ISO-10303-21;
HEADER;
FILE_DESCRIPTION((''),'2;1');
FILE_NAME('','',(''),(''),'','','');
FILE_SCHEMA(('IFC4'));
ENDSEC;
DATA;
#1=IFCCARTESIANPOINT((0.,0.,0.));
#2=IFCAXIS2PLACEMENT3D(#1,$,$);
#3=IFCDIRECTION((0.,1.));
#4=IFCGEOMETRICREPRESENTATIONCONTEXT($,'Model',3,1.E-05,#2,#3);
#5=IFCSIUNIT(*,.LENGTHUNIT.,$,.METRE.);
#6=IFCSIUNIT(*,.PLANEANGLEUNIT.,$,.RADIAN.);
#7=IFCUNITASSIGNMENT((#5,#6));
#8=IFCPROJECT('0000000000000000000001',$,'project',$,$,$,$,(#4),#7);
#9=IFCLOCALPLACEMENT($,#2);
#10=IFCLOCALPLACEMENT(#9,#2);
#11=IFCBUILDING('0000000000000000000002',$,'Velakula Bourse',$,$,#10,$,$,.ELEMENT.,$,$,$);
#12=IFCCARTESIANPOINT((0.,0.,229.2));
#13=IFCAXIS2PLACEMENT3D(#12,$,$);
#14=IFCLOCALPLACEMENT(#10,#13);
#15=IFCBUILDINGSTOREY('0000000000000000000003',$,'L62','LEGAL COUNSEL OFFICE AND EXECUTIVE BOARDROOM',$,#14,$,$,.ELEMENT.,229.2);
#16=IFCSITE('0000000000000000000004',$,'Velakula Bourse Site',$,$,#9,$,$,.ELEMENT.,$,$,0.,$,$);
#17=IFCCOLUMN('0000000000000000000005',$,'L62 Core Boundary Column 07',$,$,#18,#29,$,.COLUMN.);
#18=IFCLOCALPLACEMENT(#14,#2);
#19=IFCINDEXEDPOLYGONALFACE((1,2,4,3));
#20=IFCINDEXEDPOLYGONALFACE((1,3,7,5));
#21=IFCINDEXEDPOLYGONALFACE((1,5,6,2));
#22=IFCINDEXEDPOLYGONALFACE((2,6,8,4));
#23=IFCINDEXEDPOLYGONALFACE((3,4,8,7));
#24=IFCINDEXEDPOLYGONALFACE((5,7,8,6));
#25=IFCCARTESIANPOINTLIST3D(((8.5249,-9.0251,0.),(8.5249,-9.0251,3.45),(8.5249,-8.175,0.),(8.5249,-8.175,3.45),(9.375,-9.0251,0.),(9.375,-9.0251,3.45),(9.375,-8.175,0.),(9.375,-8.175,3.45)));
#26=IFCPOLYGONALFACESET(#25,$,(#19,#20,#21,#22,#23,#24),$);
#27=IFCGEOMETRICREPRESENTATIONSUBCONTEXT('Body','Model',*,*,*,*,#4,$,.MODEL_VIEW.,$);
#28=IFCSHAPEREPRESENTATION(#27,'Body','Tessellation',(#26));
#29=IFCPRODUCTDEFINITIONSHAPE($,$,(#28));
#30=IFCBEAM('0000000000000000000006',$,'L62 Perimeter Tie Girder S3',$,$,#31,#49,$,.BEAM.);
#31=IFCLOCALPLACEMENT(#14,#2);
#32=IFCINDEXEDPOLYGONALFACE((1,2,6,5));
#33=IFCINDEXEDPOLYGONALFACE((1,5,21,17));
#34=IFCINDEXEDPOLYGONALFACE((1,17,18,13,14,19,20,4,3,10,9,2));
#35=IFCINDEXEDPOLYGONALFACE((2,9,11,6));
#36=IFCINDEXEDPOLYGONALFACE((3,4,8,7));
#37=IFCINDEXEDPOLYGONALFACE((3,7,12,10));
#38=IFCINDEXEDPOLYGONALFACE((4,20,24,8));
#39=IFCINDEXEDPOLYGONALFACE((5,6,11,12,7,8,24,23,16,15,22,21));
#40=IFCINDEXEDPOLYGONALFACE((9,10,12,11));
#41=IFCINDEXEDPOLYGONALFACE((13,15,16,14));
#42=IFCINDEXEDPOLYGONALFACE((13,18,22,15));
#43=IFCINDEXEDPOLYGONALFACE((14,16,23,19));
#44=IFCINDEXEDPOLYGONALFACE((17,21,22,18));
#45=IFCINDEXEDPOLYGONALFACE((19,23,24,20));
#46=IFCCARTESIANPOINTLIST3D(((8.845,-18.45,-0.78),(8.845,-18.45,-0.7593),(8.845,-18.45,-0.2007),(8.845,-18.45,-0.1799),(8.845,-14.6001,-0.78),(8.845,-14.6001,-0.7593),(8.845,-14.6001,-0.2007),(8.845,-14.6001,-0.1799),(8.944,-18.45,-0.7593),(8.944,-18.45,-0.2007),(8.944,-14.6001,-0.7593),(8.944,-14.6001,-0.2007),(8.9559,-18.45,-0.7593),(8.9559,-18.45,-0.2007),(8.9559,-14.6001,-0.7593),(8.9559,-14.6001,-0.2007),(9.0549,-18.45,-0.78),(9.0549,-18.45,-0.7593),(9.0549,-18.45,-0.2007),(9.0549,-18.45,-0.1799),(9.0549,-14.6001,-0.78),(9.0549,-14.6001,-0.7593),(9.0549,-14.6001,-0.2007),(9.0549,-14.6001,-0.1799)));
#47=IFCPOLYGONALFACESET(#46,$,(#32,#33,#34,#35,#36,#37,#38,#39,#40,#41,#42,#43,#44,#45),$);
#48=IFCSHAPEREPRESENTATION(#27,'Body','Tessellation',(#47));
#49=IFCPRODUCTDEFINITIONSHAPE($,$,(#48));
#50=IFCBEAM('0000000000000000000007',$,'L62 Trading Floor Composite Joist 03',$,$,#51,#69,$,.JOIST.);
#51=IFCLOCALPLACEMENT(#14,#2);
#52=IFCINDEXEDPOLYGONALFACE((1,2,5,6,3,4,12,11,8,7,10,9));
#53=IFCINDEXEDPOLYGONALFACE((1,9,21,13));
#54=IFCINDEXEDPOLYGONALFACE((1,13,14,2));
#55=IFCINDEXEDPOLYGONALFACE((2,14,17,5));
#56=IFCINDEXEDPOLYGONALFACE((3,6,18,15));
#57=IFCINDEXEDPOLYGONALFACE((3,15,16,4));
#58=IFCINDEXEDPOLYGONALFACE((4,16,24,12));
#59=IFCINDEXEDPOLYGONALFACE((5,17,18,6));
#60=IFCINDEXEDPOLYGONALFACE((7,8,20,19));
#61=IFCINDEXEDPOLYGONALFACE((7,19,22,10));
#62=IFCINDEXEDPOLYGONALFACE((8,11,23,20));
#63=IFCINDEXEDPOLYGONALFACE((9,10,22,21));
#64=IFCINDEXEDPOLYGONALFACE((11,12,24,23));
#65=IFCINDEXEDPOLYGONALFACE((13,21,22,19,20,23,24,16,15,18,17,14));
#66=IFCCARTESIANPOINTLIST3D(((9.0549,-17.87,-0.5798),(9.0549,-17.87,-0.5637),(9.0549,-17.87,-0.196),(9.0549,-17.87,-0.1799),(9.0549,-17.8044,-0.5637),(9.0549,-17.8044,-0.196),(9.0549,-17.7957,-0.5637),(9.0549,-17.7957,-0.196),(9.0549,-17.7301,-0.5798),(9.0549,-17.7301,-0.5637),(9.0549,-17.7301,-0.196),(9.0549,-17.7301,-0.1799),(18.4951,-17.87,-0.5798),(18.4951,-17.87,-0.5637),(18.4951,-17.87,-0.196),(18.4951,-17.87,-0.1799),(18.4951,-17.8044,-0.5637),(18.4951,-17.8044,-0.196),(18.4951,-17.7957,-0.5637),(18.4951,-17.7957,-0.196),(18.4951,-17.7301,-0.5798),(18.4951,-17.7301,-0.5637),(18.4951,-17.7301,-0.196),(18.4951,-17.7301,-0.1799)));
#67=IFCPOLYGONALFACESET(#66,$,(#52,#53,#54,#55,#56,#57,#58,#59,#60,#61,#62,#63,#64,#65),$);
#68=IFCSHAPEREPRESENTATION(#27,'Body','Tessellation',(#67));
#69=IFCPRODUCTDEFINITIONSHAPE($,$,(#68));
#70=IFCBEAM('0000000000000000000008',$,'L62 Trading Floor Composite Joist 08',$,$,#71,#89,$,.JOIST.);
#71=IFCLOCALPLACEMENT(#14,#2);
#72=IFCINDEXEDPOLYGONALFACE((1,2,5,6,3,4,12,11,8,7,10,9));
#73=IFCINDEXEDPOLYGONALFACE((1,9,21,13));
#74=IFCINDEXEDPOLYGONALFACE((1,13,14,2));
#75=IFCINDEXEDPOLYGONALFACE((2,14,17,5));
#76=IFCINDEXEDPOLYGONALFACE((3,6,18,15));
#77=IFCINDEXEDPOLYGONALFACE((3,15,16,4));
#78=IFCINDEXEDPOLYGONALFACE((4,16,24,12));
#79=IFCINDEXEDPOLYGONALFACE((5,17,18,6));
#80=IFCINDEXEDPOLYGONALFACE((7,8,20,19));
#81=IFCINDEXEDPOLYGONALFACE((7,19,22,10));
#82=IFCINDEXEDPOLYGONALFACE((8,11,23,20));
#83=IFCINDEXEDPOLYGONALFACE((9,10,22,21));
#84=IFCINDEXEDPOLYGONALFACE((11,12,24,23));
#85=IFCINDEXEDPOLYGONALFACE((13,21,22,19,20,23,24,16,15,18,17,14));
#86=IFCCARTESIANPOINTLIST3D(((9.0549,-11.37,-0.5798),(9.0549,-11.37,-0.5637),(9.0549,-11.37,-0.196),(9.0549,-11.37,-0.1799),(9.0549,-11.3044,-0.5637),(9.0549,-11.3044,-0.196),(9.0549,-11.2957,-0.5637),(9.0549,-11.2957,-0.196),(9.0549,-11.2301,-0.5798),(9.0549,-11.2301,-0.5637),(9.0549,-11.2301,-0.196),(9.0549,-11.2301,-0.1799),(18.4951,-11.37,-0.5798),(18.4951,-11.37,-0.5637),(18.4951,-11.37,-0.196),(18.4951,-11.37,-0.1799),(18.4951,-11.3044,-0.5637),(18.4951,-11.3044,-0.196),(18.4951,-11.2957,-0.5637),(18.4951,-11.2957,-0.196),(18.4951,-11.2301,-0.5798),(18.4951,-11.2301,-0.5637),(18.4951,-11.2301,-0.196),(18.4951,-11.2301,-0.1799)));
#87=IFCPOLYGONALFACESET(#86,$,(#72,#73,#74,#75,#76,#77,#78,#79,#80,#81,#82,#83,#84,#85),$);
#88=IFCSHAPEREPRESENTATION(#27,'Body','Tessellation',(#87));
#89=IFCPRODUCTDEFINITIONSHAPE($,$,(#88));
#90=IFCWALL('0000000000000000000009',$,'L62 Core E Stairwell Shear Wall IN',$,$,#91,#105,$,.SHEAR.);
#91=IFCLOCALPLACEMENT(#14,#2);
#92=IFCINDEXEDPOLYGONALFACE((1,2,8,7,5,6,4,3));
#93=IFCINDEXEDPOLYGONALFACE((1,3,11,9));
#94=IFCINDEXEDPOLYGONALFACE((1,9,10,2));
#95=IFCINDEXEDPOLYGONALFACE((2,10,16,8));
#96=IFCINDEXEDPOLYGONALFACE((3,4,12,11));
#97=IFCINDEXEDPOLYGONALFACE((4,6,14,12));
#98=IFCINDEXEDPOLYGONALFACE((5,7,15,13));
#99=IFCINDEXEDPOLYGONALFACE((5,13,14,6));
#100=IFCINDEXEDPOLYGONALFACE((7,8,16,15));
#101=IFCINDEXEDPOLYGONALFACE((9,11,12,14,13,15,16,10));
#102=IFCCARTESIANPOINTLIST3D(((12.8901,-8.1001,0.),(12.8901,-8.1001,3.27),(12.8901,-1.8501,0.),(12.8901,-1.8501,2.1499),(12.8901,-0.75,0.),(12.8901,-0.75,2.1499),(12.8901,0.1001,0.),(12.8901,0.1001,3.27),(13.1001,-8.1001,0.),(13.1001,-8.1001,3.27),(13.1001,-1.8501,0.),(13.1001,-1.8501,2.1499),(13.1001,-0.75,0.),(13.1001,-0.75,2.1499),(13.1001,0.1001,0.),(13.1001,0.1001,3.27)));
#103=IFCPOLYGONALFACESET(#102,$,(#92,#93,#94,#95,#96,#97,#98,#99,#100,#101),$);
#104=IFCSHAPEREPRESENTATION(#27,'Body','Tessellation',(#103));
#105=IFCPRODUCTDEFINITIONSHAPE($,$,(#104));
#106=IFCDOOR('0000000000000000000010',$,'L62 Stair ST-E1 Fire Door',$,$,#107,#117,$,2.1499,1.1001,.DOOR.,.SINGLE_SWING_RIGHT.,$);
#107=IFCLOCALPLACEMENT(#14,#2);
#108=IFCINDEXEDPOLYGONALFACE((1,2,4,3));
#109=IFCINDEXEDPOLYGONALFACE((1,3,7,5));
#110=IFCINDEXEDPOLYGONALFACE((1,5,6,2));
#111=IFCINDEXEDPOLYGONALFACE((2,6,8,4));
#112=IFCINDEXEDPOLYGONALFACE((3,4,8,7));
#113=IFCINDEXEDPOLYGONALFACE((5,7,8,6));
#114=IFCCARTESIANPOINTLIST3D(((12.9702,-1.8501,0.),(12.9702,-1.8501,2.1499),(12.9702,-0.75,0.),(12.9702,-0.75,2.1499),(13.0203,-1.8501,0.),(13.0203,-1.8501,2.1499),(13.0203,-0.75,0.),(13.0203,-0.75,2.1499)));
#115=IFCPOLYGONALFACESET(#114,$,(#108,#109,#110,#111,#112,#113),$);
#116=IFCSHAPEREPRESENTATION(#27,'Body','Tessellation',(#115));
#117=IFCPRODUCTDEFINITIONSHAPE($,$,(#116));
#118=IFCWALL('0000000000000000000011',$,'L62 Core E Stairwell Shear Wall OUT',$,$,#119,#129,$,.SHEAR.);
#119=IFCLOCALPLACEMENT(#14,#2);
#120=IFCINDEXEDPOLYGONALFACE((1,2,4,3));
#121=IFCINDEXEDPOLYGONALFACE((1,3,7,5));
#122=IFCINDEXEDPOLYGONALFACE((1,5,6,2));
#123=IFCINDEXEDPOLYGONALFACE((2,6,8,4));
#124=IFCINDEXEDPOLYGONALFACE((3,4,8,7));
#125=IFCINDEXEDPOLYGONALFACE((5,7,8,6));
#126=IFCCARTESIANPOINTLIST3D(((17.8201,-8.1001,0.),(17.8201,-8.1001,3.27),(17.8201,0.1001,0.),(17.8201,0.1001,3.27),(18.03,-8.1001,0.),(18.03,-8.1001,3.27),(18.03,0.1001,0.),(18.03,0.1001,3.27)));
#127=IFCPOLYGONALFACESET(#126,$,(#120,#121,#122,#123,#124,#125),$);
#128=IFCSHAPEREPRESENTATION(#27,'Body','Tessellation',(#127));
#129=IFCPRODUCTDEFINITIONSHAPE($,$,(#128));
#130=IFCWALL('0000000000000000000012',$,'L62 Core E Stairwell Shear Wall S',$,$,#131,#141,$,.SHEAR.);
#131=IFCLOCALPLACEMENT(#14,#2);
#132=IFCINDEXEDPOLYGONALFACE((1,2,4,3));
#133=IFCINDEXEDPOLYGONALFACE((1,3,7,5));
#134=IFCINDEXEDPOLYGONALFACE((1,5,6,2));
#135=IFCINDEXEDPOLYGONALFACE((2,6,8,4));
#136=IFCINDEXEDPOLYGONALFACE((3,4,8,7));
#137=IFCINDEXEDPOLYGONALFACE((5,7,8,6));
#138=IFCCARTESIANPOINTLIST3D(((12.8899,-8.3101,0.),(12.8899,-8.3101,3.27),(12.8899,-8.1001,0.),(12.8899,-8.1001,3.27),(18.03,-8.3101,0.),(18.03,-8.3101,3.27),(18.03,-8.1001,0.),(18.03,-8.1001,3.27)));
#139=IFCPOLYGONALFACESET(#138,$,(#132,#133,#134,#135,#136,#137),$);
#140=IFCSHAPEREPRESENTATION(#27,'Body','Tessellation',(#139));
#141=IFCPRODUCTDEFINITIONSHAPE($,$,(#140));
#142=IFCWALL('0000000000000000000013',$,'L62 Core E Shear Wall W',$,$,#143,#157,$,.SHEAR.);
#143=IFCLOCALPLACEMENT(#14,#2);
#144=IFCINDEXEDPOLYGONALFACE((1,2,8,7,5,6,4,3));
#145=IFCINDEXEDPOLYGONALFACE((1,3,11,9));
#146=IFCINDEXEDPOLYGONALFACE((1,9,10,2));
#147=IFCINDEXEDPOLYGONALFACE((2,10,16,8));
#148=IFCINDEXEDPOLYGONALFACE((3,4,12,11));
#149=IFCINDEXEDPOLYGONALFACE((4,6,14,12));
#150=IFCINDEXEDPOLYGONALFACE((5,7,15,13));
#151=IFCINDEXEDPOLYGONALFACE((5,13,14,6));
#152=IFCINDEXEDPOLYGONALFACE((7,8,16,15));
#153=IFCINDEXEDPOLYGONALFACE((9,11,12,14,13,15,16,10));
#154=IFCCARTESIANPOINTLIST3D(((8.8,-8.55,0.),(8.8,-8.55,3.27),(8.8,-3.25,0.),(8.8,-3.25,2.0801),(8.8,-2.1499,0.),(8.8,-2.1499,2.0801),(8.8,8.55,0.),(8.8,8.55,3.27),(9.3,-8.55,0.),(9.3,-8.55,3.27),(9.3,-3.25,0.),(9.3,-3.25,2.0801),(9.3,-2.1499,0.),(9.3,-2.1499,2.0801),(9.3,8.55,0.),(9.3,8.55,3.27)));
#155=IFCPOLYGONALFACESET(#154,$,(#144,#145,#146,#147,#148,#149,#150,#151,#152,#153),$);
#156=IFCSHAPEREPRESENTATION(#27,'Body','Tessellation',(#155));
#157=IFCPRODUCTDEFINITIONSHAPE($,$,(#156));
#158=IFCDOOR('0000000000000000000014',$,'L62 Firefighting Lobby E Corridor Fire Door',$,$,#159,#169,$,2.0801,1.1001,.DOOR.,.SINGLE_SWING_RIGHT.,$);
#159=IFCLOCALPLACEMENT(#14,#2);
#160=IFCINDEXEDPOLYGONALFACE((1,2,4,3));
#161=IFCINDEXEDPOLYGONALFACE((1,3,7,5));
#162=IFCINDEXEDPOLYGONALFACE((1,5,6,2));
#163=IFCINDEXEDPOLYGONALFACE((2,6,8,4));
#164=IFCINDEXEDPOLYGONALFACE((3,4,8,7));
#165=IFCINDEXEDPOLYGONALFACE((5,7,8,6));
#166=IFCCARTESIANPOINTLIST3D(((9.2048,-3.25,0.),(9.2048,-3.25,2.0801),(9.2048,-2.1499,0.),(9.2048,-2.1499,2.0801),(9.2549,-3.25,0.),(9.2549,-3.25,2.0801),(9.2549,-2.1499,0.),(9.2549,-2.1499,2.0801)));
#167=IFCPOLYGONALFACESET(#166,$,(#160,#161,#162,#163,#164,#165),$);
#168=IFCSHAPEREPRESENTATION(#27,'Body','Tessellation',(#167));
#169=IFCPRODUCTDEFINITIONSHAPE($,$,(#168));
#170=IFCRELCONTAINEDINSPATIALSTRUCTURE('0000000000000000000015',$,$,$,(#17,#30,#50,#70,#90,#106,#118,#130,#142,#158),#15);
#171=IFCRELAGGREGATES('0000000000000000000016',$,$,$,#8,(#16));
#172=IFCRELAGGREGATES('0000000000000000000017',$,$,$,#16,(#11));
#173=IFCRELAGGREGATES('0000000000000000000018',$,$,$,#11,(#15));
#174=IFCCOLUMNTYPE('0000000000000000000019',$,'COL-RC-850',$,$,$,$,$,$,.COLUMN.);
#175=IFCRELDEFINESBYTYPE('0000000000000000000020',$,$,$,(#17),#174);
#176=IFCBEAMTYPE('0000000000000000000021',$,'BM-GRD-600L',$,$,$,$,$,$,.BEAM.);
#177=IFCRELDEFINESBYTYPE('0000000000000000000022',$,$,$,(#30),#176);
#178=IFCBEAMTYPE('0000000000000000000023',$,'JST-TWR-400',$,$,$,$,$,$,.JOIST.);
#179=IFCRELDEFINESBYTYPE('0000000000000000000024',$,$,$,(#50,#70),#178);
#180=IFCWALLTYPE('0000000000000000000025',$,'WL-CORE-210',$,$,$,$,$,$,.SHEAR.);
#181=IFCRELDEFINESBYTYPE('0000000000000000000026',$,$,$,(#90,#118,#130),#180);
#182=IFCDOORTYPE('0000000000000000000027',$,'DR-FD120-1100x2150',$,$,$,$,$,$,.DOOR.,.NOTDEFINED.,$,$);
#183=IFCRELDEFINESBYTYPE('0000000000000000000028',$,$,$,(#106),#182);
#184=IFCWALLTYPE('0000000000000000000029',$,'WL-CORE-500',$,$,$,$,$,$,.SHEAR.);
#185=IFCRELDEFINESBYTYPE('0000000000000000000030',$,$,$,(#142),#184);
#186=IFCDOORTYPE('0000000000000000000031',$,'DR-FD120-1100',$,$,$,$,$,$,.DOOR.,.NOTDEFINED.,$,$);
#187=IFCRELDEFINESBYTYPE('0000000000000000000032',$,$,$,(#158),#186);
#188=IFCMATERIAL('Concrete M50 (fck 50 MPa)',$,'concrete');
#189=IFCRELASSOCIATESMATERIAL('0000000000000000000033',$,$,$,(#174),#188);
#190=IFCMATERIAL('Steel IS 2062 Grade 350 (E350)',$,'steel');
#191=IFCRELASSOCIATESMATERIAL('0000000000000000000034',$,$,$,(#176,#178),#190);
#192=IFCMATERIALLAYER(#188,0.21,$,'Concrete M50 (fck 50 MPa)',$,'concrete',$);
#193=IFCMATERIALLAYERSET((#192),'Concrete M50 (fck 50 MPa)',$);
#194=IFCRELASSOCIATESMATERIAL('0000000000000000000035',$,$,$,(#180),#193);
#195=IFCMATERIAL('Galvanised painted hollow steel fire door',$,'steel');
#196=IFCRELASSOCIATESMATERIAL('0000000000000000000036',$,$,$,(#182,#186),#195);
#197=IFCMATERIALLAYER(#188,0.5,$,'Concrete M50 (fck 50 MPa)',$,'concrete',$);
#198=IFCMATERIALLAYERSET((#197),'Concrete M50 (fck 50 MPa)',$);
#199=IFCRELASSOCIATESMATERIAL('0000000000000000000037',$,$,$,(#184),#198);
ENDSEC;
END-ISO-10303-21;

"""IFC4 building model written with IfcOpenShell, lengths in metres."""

from ifc_helpers import new_model, si_unit, direction, frame, frame_2d, origin, origin_2d, place, context, subcontext, project, spatial, rectangle, i_section, extrude, material, layer, layer_set, material_profile, profile_set, type_object, element, fill, save


model = new_model("IFC4")

# Units and contexts
model_context = context("Model", 3, precision=1e-05, world=origin(), true_north=direction((0.0, 1.0)))
body_context = subcontext(model_context, "Body", "Model", "MODEL_VIEW")
ifc_project = project(units=[si_unit("LENGTHUNIT", "METRE"), si_unit("PLANEANGLEUNIT", "RADIAN")], contexts=[model_context])

# Site, building, storey
site_placement = place(None, origin())
site = spatial("IfcSite", under=ifc_project, at=site_placement, Name="Velakula Bourse Site", CompositionType="ELEMENT", RefElevation=0.0)
building_placement = place(site_placement, origin())
building = spatial("IfcBuilding", under=site, at=building_placement, Name="Velakula Bourse", CompositionType="ELEMENT")
storey_placement = place(building_placement, frame((0.0, 0.0, 229.2)))
storey = spatial("IfcBuildingStorey", under=building, at=storey_placement, Name="L62", Description="LEGAL COUNSEL OFFICE AND EXECUTIVE BOARDROOM", CompositionType="ELEMENT", Elevation=229.2)

# Column
ifc_material_1 = material(Name="Concrete M50 (fck 50 MPa)", Category="concrete")
ifc_material_profile_1 = material_profile(ifc_material_1, rectangle(XDim=0.8501, YDim=0.8501, at=origin_2d()), Name="Concrete M50 (fck 50 MPa)")
ifc_profile_set_1 = profile_set([ifc_material_profile_1], Name="Concrete M50 (fck 50 MPa)")
column_type = type_object("IfcColumnType", Name="COL-RC-850", PredefinedType="COLUMN", material=ifc_profile_set_1)
column_placement = place(storey_placement, frame((8.95, -8.6001, 0.0), z_axis=(0.0, 0.0, 1.0), x_axis=(1.0, 0.0, 0.0)))
element("IfcColumn", 1, at=column_placement, inside=storey, type_object=column_type, Name="L62 Core Boundary Column 07", PredefinedType="COLUMN", context=body_context, shape_type="SweptSolid", body=[
    extrude(rectangle(XDim=0.8501, YDim=0.8501, at=origin_2d()), origin(), (0.0, 0.0, 1.0), 3.45),
])

# Beams
ifc_material_2 = material(Name="Steel IS 2062 Grade 350 (E350)", Category="steel")
ifc_material_profile_2 = material_profile(ifc_material_2, i_section(OverallWidth=0.21, OverallDepth=0.6001, WebThickness=0.012, FlangeThickness=0.0208, at=origin_2d()), Name="Steel IS 2062 Grade 350 (E350)")
ifc_profile_set_2 = profile_set([ifc_material_profile_2], Name="Steel IS 2062 Grade 350 (E350)")
beam_type_1 = type_object("IfcBeamType", Name="BM-GRD-600L", PredefinedType="BEAM", material=ifc_profile_set_2)
beam_placement = place(storey_placement, frame((8.95, -14.6001, -0.48), z_axis=(0.0, -1.0, 0.0), x_axis=(1.0, 0.0, 0.0)))
element("IfcBeam", 2, at=beam_placement, inside=storey, type_object=beam_type_1, Name="L62 Perimeter Tie Girder S3", PredefinedType="BEAM", context=body_context, shape_type="SweptSolid", body=[
    extrude(i_section(OverallWidth=0.21, OverallDepth=0.6001, WebThickness=0.012, FlangeThickness=0.0208, at=origin_2d()), origin(), (0.0, 0.0, 1.0), 3.8499),
])
ifc_material_profile_3 = material_profile(ifc_material_2, i_section(OverallWidth=0.1399, OverallDepth=0.3999, WebThickness=0.0088, FlangeThickness=0.0161, at=origin_2d()), Name="Steel IS 2062 Grade 350 (E350)")
ifc_profile_set_3 = profile_set([ifc_material_profile_3], Name="Steel IS 2062 Grade 350 (E350)")
beam_type_2 = type_object("IfcBeamType", Name="JST-TWR-400", PredefinedType="JOIST", material=ifc_profile_set_3)
for number, where, z_axis, x_axis, name in (
    (3, (9.0549, -17.8, -0.3799), (1.0, 0.0, 0.0), (0.0, 1.0, 0.0), "L62 Trading Floor Composite Joist 03"),
    (4, (9.0549, -11.3, -0.3799), (1.0, 0.0, 0.0), (0.0, 1.0, 0.0), "L62 Trading Floor Composite Joist 08"),
):
    element("IfcBeam", number, at=place(storey_placement, frame(where, z_axis=z_axis, x_axis=x_axis)), inside=storey, type_object=beam_type_2, Name=name, PredefinedType="JOIST", context=body_context, shape_type="SweptSolid", body=[
        extrude(i_section(OverallWidth=0.1399, OverallDepth=0.3999, WebThickness=0.0088, FlangeThickness=0.0161, at=origin_2d()), origin(), (0.0, 0.0, 1.0), 9.4402),
    ])

# Wall, opening, door
ifc_layer_1 = layer(ifc_material_1, 0.21, Name="Concrete M50 (fck 50 MPa)", Category="concrete")
ifc_layer_set_1 = layer_set([ifc_layer_1], Name="Concrete M50 (fck 50 MPa)")
wall_type_1 = type_object("IfcWallType", Name="WL-CORE-210", PredefinedType="SHEAR", material=ifc_layer_set_1)
wall_1_placement = place(storey_placement, frame((12.9951, -8.1001, 0.0), z_axis=(0.0, 0.0, 1.0), x_axis=(0.0, 1.0, 0.0)))
wall_1 = element("IfcWall", 5, at=wall_1_placement, inside=storey, type_object=wall_type_1, Name="L62 Core E Stairwell Shear Wall IN", PredefinedType="SHEAR", context=body_context, shape_type="SweptSolid", body=[
    extrude(rectangle(XDim=8.2002, YDim=0.21, at=frame_2d((4.1001, 0.0))), origin(), (0.0, 0.0, 1.0), 3.27),
])
opening_1_placement = place(wall_1_placement, frame((6.25, 0.0, 0.0)))
opening_1 = element("IfcOpeningElement", 6, at=opening_1_placement, cuts=wall_1, PredefinedType="OPENING", context=body_context, shape_type="SweptSolid", body=[
    extrude(rectangle(XDim=1.1001, YDim=2.1499, at=frame_2d((0.55, 1.075))), frame((0.0, 0.115, 0.0), z_axis=(0.0, -1.0, 0.0), x_axis=(1.0, 0.0, 0.0)), (0.0, 0.0, 1.0), 0.23),
])
ifc_material_3 = material(Name="Galvanised painted hollow steel fire door", Category="steel")
door_type_1 = type_object("IfcDoorType", Name="DR-FD120-1100x2150", OperationType="NOTDEFINED", PredefinedType="DOOR", material=ifc_material_3)
door_1_placement = place(opening_1_placement, origin())
door_1 = element("IfcDoor", 7, at=door_1_placement, inside=storey, type_object=door_type_1, Name="L62 Stair ST-E1 Fire Door", OperationType="SINGLE_SWING_RIGHT", OverallHeight=2.1499, OverallWidth=1.1001, PredefinedType="DOOR", context=body_context, shape_type="SweptSolid", body=[
    extrude(rectangle(XDim=1.1001, YDim=2.1499, at=frame_2d((0.55, 1.075))), frame((0.0, 0.0249, 0.0), z_axis=(0.0, -1.0, 0.0), x_axis=(1.0, 0.0, 0.0)), (0.0, 0.0, 1.0), 0.05),
])
fill(opening_1, door_1)

# Walls
wall_2_placement = place(storey_placement, frame((17.925, -8.1001, 0.0), z_axis=(0.0, 0.0, 1.0), x_axis=(0.0, 1.0, 0.0)))
element("IfcWall", 8, at=wall_2_placement, inside=storey, type_object=wall_type_1, Name="L62 Core E Stairwell Shear Wall OUT", PredefinedType="SHEAR", context=body_context, shape_type="SweptSolid", body=[
    extrude(rectangle(XDim=8.2002, YDim=0.21, at=frame_2d((4.1001, 0.0))), origin(), (0.0, 0.0, 1.0), 3.27),
])
wall_3_placement = place(storey_placement, frame((12.8899, -8.2051, 0.0), z_axis=(0.0, 0.0, 1.0), x_axis=(1.0, 0.0, 0.0)))
element("IfcWall", 9, at=wall_3_placement, inside=storey, type_object=wall_type_1, Name="L62 Core E Stairwell Shear Wall S", PredefinedType="SHEAR", context=body_context, shape_type="SweptSolid", body=[
    extrude(rectangle(XDim=5.1401, YDim=0.21, at=frame_2d((2.5701, 0.0))), origin(), (0.0, 0.0, 1.0), 3.27),
])

# Wall, opening, door
ifc_layer_2 = layer(ifc_material_1, 0.5, Name="Concrete M50 (fck 50 MPa)", Category="concrete")
ifc_layer_set_2 = layer_set([ifc_layer_2], Name="Concrete M50 (fck 50 MPa)")
wall_type_2 = type_object("IfcWallType", Name="WL-CORE-500", PredefinedType="SHEAR", material=ifc_layer_set_2)
wall_4_placement = place(storey_placement, frame((9.05, -8.55, 0.0), z_axis=(0.0, 0.0, 1.0), x_axis=(0.0, 1.0, 0.0)))
wall_4 = element("IfcWall", 10, at=wall_4_placement, inside=storey, type_object=wall_type_2, Name="L62 Core E Shear Wall W", PredefinedType="SHEAR", context=body_context, shape_type="SweptSolid", body=[
    extrude(rectangle(XDim=17.1001, YDim=0.5, at=frame_2d((8.55, 0.0))), origin(), (0.0, 0.0, 1.0), 3.27),
])
opening_2_placement = place(wall_4_placement, frame((5.3, 0.0, 0.0)))
opening_2 = element("IfcOpeningElement", 11, at=opening_2_placement, cuts=wall_4, PredefinedType="OPENING", context=body_context, shape_type="SweptSolid", body=[
    extrude(rectangle(XDim=1.1001, YDim=2.0801, at=frame_2d((0.55, 1.04))), frame((0.0, 0.26, 0.0), z_axis=(0.0, -1.0, 0.0), x_axis=(1.0, 0.0, 0.0)), (0.0, 0.0, 1.0), 0.52),
])
door_type_2 = type_object("IfcDoorType", Name="DR-FD120-1100", OperationType="NOTDEFINED", PredefinedType="DOOR", material=ifc_material_3)
door_2_placement = place(opening_2_placement, origin())
door_2 = element("IfcDoor", 12, at=door_2_placement, inside=storey, type_object=door_type_2, Name="L62 Firefighting Lobby E Corridor Fire Door", OperationType="SINGLE_SWING_RIGHT", OverallHeight=2.0801, OverallWidth=1.1001, PredefinedType="DOOR", context=body_context, shape_type="SweptSolid", body=[
    extrude(rectangle(XDim=1.1001, YDim=2.0801, at=frame_2d((0.55, 1.04))), frame((0.0, -0.1548, 0.0), z_axis=(0.0, -1.0, 0.0), x_axis=(1.0, 0.0, 0.0)), (0.0, 0.0, 1.0), 0.05),
])
fill(opening_2, door_2)

save(model, "model.ifc")
